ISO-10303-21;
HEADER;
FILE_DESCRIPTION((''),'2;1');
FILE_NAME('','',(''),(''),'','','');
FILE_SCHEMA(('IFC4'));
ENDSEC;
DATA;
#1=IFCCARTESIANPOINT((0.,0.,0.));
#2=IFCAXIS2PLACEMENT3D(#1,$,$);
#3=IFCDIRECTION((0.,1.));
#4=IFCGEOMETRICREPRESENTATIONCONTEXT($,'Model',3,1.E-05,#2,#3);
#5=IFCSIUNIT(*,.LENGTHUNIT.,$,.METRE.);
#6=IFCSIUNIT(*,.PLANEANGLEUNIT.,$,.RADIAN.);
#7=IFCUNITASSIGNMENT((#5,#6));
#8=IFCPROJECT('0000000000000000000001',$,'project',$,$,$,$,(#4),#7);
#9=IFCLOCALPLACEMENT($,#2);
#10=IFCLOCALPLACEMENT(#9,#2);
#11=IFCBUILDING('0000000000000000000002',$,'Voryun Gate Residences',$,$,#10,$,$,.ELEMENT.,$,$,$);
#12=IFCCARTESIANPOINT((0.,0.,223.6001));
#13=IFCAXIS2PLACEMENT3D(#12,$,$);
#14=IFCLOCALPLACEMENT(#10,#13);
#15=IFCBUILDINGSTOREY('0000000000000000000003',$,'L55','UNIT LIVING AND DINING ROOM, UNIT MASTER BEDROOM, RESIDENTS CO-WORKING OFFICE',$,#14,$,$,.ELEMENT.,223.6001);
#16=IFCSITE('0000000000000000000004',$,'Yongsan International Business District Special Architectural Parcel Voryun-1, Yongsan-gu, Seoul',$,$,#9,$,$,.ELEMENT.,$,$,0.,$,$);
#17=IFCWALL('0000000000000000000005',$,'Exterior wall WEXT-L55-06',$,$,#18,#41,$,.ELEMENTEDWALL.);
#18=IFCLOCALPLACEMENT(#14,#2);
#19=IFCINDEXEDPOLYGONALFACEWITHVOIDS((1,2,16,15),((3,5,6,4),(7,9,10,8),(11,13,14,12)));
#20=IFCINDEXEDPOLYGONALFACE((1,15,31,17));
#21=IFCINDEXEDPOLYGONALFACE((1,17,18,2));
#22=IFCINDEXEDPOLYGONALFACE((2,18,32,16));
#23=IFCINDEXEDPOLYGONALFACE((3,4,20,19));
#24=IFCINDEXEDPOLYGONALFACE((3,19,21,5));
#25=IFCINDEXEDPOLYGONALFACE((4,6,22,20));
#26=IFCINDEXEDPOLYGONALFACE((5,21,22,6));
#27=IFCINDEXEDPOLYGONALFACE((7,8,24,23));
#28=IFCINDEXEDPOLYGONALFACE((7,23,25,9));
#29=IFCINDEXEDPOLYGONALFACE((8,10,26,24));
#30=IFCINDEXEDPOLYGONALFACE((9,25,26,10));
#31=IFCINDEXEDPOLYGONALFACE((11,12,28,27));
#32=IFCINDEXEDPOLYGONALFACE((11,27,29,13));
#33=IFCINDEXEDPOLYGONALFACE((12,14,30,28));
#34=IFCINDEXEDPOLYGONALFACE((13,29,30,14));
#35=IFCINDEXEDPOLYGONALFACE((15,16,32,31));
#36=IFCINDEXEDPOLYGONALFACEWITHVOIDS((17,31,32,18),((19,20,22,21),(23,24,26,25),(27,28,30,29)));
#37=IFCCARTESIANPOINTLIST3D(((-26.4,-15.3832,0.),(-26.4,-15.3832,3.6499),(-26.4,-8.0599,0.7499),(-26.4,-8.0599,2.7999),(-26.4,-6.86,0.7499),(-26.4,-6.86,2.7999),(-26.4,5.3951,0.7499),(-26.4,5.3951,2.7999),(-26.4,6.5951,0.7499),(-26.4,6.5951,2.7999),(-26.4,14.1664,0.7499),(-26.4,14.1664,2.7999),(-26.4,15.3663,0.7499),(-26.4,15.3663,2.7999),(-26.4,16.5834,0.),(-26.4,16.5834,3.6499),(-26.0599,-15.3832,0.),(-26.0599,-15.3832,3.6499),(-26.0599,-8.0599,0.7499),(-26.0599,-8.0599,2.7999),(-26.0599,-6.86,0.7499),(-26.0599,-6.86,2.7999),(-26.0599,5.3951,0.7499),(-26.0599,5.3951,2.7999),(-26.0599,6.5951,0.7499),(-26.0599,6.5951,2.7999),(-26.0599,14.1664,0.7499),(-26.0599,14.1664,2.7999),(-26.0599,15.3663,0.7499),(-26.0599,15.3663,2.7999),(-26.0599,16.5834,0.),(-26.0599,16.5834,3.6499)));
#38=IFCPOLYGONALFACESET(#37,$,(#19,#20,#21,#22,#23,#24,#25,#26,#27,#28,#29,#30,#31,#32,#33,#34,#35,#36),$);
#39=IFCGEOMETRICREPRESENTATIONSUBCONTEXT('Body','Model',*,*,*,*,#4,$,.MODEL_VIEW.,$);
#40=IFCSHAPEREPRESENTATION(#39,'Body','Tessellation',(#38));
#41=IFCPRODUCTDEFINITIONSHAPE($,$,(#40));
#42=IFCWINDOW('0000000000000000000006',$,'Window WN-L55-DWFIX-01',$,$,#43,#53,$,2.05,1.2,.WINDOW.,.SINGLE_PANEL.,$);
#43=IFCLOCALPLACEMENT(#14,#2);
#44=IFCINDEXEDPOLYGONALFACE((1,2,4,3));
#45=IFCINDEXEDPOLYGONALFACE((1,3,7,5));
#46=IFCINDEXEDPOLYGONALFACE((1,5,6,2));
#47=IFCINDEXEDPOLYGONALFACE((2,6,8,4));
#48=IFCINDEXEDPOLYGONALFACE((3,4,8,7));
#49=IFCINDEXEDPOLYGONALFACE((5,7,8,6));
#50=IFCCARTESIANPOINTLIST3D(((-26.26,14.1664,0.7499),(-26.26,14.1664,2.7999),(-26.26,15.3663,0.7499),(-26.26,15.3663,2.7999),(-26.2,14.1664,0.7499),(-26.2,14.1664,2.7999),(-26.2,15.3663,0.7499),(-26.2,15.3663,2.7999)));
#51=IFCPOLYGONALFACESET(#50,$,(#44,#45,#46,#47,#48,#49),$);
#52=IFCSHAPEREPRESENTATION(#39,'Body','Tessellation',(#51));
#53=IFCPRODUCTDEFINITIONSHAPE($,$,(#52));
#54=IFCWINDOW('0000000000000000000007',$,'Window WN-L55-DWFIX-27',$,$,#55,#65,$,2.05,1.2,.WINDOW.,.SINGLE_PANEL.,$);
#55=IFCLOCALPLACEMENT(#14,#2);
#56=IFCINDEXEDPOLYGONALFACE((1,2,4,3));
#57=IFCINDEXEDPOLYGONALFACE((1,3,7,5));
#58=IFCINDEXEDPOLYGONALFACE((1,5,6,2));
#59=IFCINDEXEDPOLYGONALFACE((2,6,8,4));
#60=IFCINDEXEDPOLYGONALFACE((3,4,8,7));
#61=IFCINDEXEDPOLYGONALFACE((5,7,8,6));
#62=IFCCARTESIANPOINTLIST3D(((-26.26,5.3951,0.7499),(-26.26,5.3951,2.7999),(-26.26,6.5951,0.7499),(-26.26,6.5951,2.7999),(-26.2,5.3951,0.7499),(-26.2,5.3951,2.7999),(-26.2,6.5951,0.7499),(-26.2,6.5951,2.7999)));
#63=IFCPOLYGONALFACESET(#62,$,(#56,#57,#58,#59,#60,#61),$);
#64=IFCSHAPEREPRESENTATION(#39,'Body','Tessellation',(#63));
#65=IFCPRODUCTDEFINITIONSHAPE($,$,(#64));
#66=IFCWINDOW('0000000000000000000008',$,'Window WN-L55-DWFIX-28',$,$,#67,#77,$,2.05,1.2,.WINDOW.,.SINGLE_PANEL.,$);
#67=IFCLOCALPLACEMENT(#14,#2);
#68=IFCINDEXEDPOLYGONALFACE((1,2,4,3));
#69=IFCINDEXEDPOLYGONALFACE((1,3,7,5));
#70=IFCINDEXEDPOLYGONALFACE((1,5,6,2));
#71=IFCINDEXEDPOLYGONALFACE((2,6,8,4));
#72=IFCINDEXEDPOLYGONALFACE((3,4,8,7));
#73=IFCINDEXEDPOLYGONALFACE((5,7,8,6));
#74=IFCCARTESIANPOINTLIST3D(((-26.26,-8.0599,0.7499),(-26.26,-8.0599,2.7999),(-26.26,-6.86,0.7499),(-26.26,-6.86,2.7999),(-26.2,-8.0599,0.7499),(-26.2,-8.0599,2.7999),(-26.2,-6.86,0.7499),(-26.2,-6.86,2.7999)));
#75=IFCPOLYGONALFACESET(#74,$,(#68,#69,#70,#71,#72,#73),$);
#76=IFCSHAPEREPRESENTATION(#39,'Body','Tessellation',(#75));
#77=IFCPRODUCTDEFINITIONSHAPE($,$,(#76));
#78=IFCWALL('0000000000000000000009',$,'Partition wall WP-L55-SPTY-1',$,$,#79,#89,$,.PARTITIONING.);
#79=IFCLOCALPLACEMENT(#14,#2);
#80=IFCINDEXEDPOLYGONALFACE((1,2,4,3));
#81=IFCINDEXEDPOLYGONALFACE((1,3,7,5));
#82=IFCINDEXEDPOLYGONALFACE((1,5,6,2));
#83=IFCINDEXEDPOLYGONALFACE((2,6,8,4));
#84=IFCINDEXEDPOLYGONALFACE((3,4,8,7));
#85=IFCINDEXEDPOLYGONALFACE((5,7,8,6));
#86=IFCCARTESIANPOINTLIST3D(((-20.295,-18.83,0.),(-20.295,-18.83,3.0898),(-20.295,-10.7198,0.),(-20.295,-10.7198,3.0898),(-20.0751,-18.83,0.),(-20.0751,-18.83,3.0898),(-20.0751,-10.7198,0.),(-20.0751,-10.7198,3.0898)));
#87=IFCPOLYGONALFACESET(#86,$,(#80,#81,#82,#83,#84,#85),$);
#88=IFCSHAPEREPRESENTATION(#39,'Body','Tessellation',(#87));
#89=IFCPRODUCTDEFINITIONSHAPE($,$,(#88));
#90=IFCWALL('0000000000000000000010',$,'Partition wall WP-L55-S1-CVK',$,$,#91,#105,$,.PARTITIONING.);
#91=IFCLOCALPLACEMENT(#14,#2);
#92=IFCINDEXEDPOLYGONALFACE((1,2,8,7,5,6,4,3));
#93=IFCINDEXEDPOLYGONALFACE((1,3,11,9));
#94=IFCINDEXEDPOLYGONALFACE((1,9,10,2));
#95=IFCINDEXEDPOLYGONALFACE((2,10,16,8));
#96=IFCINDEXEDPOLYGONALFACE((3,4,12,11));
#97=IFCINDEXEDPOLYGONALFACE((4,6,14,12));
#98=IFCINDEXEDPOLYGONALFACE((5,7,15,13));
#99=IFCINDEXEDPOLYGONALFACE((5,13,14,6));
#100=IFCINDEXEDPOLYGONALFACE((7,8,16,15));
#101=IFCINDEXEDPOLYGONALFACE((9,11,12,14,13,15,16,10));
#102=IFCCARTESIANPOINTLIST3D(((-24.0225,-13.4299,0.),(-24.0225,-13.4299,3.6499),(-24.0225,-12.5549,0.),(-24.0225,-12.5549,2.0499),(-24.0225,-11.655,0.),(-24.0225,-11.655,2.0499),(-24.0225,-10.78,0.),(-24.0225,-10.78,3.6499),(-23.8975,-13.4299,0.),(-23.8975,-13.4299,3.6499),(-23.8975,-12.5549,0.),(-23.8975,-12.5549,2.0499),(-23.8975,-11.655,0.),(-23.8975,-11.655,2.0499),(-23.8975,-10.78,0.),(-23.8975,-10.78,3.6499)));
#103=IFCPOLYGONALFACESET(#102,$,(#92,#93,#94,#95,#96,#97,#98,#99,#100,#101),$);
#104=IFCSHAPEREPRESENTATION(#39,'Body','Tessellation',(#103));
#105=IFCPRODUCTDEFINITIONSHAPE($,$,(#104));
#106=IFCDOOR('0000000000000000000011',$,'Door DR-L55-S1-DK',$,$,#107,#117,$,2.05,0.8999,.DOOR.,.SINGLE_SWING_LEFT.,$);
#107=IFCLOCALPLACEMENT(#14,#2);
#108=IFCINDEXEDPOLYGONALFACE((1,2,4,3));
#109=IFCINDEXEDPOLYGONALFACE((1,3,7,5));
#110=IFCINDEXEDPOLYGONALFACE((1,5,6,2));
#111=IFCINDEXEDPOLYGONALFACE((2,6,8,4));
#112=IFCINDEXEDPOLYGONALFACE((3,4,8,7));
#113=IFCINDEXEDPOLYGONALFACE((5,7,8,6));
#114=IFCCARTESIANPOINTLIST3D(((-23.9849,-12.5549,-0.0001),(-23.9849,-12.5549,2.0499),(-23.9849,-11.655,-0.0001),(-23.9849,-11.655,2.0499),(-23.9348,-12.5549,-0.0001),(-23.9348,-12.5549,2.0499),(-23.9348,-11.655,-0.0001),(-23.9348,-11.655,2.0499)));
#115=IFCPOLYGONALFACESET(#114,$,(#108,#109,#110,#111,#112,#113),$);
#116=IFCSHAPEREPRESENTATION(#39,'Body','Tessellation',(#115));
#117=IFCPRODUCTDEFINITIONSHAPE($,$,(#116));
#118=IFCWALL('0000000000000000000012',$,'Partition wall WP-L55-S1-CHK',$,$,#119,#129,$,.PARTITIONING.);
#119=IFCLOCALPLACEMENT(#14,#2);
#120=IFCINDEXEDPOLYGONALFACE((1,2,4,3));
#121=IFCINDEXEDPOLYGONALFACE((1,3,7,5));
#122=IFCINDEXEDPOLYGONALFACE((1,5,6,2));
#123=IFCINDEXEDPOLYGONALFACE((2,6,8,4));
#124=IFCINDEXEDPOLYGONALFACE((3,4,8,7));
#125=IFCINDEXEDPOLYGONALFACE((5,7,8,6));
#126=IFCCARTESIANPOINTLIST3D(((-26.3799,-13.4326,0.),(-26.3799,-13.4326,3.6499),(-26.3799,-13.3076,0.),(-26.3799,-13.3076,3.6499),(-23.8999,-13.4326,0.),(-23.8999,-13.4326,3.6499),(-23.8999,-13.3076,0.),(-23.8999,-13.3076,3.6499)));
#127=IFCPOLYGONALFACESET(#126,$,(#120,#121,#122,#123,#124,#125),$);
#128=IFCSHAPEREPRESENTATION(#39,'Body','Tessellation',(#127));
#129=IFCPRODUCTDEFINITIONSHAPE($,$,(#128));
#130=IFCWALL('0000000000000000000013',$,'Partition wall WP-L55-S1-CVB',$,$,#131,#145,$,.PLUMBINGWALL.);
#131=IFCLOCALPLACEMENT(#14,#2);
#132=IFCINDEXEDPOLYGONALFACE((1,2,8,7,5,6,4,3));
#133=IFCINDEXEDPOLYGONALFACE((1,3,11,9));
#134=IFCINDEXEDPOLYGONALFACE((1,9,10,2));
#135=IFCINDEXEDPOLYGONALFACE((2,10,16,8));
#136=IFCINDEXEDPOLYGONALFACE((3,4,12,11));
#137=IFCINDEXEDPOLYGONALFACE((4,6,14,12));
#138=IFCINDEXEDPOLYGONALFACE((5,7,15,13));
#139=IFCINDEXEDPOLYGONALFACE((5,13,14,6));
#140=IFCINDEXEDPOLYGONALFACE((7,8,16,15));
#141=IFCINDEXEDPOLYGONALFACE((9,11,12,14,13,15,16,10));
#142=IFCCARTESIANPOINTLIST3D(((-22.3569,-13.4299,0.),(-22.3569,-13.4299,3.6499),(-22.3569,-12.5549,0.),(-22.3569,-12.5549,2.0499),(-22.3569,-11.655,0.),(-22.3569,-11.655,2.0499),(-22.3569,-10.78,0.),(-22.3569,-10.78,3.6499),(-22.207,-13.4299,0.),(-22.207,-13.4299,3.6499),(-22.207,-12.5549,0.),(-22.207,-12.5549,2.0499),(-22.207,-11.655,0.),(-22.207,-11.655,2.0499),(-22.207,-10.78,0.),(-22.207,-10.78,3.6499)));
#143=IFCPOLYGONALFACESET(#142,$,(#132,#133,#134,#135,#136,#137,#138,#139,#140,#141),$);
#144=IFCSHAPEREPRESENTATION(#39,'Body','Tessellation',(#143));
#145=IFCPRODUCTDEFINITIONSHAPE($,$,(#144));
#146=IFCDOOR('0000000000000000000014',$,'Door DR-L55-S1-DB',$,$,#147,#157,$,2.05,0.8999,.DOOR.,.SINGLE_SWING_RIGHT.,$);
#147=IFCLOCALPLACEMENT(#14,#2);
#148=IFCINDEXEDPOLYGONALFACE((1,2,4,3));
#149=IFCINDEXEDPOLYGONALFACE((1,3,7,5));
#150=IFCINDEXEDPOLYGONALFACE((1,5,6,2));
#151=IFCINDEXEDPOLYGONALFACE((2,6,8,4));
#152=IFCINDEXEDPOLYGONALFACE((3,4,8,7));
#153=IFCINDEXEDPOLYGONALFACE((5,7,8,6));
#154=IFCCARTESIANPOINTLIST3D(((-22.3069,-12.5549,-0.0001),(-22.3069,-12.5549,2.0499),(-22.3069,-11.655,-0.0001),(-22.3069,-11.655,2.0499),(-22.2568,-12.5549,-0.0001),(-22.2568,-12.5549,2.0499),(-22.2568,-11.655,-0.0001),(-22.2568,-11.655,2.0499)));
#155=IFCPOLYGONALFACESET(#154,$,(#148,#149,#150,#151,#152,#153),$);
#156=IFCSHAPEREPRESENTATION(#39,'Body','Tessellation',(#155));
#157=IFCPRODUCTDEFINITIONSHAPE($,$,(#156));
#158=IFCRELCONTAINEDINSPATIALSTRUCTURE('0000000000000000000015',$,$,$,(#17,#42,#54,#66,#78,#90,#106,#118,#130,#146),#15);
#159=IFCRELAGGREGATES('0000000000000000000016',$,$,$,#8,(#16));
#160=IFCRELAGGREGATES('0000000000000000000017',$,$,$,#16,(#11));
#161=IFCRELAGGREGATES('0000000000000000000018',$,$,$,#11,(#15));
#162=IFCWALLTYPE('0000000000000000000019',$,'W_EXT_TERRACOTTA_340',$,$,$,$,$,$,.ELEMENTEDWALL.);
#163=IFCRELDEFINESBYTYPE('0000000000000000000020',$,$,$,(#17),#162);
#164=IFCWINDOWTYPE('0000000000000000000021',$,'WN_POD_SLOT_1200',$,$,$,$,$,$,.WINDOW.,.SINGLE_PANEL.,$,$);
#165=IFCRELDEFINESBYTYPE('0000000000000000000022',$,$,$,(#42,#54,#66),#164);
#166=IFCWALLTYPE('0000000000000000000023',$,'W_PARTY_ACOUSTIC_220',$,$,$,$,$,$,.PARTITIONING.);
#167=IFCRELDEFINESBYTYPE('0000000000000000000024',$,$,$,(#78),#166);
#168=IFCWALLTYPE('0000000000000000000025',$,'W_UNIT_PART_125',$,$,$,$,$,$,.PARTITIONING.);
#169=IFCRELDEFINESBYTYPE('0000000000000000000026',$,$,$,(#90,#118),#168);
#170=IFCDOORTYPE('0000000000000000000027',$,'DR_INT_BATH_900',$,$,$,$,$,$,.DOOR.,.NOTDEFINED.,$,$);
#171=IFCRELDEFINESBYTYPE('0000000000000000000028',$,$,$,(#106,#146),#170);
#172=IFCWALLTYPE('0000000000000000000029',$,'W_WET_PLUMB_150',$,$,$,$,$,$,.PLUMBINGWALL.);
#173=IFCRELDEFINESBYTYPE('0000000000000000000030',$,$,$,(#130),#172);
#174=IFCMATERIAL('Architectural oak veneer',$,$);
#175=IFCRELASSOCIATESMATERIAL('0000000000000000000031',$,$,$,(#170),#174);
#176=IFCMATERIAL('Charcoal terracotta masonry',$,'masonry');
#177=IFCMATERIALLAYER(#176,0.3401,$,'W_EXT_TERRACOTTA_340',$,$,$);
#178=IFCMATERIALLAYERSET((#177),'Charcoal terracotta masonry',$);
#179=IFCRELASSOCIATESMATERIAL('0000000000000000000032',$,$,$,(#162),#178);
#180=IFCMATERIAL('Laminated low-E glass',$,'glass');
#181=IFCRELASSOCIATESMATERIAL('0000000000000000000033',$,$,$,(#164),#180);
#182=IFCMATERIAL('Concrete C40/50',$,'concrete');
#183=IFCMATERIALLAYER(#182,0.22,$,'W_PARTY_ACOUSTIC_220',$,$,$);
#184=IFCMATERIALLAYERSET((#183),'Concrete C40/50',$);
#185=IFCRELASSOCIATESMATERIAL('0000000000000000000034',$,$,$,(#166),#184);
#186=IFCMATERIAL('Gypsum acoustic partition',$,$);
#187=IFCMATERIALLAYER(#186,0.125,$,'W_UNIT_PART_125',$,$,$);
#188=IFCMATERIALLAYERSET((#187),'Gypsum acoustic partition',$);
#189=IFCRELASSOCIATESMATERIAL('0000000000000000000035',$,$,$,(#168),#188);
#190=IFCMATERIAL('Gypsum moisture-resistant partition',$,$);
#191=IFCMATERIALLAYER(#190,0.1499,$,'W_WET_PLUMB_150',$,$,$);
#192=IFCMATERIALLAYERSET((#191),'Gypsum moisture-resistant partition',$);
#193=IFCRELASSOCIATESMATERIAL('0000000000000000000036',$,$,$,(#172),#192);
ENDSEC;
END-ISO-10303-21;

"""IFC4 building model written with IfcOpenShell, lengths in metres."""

from ifc_helpers import new_model, si_unit, direction, frame, frame_2d, origin, place, context, subcontext, project, spatial, rectangle, extrude, material, layer, layer_set, type_object, element, fill, save


model = new_model("IFC4")

# Units and contexts
model_context = context("Model", 3, precision=1e-05, world=origin(), true_north=direction((0.0, 1.0)))
body_context = subcontext(model_context, "Body", "Model", "MODEL_VIEW")
ifc_project = project(units=[si_unit("LENGTHUNIT", "METRE"), si_unit("PLANEANGLEUNIT", "RADIAN")], contexts=[model_context])

# Site, building, storey
site_placement = place(None, origin())
site = spatial("IfcSite", under=ifc_project, at=site_placement, Name="Yongsan International Business District Special Architectural Parcel Voryun-1, Yongsan-gu, Seoul", CompositionType="ELEMENT", RefElevation=0.0)
building_placement = place(site_placement, origin())
building = spatial("IfcBuilding", under=site, at=building_placement, Name="Voryun Gate Residences", CompositionType="ELEMENT")
storey_placement = place(building_placement, frame((0.0, 0.0, 223.6001)))
storey = spatial("IfcBuildingStorey", under=building, at=storey_placement, Name="L55", Description="UNIT LIVING AND DINING ROOM, UNIT MASTER BEDROOM, RESIDENTS CO-WORKING OFFICE", CompositionType="ELEMENT", Elevation=223.6001)

# Shared definitions
ifc_material_1 = material(Name="Architectural oak veneer")
door_type_1 = type_object("IfcDoorType", Name="DR_INT_BATH_900", OperationType="NOTDEFINED", PredefinedType="DOOR", material=ifc_material_1)

# Shared definitions
ifc_material_2 = material(Name="Charcoal terracotta masonry", Category="masonry")
ifc_layer_1 = layer(ifc_material_2, 0.3401, Name="W_EXT_TERRACOTTA_340")
ifc_layer_set_1 = layer_set([ifc_layer_1], Name="Charcoal terracotta masonry")
wall_type_1 = type_object("IfcWallType", Name="W_EXT_TERRACOTTA_340", PredefinedType="ELEMENTEDWALL", material=ifc_layer_set_1)

# Wall, openings, windows
wall_1_placement = place(storey_placement, frame((-26.23, -15.3833, 0.0), z_axis=(0.0, 0.0, 1.0), x_axis=(0.0, 1.0, 0.0)))
wall_1 = element("IfcWall", 1, at=wall_1_placement, inside=storey, type_object=wall_type_1, Name="Exterior wall WEXT-L55-06", PredefinedType="ELEMENTEDWALL", context=body_context, shape_type="SweptSolid", body=[
    extrude(rectangle(XDim=31.9666, YDim=0.3401, at=frame_2d((15.9834, 0.0))), origin(), (0.0, 0.0, 1.0), 3.6499),
])
opening_1_placement = place(wall_1_placement, frame((29.5496, 0.0, 0.75)))
opening_1 = element("IfcOpeningElement", 2, at=opening_1_placement, cuts=wall_1, PredefinedType="OPENING", context=body_context, shape_type="SweptSolid", body=[
    extrude(rectangle(XDim=1.2, YDim=2.05, at=frame_2d((0.6001, 1.0249))), frame((0.0, 0.1799, 0.0), z_axis=(0.0, -1.0, 0.0), x_axis=(1.0, 0.0, 0.0)), (0.0, 0.0, 1.0), 0.3601),
])
opening_2_placement = place(wall_1_placement, frame((20.7783, 0.0, 0.75)))
opening_2 = element("IfcOpeningElement", 3, at=opening_2_placement, cuts=wall_1, PredefinedType="OPENING", context=body_context, shape_type="SweptSolid", body=[
    extrude(rectangle(XDim=1.2, YDim=2.05, at=frame_2d((0.6001, 1.0249))), frame((0.0, 0.1799, 0.0), z_axis=(0.0, -1.0, 0.0), x_axis=(1.0, 0.0, 0.0)), (0.0, 0.0, 1.0), 0.3601),
])
opening_3_placement = place(wall_1_placement, frame((7.3232, 0.0, 0.75)))
opening_3 = element("IfcOpeningElement", 4, at=opening_3_placement, cuts=wall_1, PredefinedType="OPENING", context=body_context, shape_type="SweptSolid", body=[
    extrude(rectangle(XDim=1.2, YDim=2.05, at=frame_2d((0.6001, 1.0249))), frame((0.0, 0.1799, 0.0), z_axis=(0.0, -1.0, 0.0), x_axis=(1.0, 0.0, 0.0)), (0.0, 0.0, 1.0), 0.3601),
])
ifc_material_3 = material(Name="Laminated low-E glass", Category="glass")
window_type = type_object("IfcWindowType", Name="WN_POD_SLOT_1200", PartitioningType="SINGLE_PANEL", PredefinedType="WINDOW", material=ifc_material_3)
window_1_placement = place(opening_1_placement, origin())
window_1 = element("IfcWindow", 5, at=window_1_placement, inside=storey, type_object=window_type, Name="Window WN-L55-DWFIX-01", OverallHeight=2.05, OverallWidth=1.2, PartitioningType="SINGLE_PANEL", PredefinedType="WINDOW", context=body_context, shape_type="SweptSolid", body=[
    extrude(rectangle(XDim=1.2, YDim=2.05, at=frame_2d((0.6001, 1.0249))), frame((0.0, 0.03, 0.0), z_axis=(0.0, -1.0, 0.0), x_axis=(1.0, 0.0, 0.0)), (0.0, 0.0, 1.0), 0.0601),
])
fill(opening_1, window_1)
window_2_placement = place(opening_2_placement, origin())
window_2 = element("IfcWindow", 6, at=window_2_placement, inside=storey, type_object=window_type, Name="Window WN-L55-DWFIX-27", OverallHeight=2.05, OverallWidth=1.2, PartitioningType="SINGLE_PANEL", PredefinedType="WINDOW", context=body_context, shape_type="SweptSolid", body=[
    extrude(rectangle(XDim=1.2, YDim=2.05, at=frame_2d((0.6001, 1.0249))), frame((0.0, 0.03, 0.0), z_axis=(0.0, -1.0, 0.0), x_axis=(1.0, 0.0, 0.0)), (0.0, 0.0, 1.0), 0.0601),
])
fill(opening_2, window_2)
window_3_placement = place(opening_3_placement, origin())
window_3 = element("IfcWindow", 7, at=window_3_placement, inside=storey, type_object=window_type, Name="Window WN-L55-DWFIX-28", OverallHeight=2.05, OverallWidth=1.2, PartitioningType="SINGLE_PANEL", PredefinedType="WINDOW", context=body_context, shape_type="SweptSolid", body=[
    extrude(rectangle(XDim=1.2, YDim=2.05, at=frame_2d((0.6001, 1.0249))), frame((0.0, 0.03, 0.0), z_axis=(0.0, -1.0, 0.0), x_axis=(1.0, 0.0, 0.0)), (0.0, 0.0, 1.0), 0.0601),
])
fill(opening_3, window_3)

# Wall
ifc_material_4 = material(Name="Concrete C40/50", Category="concrete")
ifc_layer_2 = layer(ifc_material_4, 0.22, Name="W_PARTY_ACOUSTIC_220")
ifc_layer_set_2 = layer_set([ifc_layer_2], Name="Concrete C40/50")
wall_type_2 = type_object("IfcWallType", Name="W_PARTY_ACOUSTIC_220", PredefinedType="PARTITIONING", material=ifc_layer_set_2)
wall_2_placement = place(storey_placement, frame((-20.1851, -18.8301, 0.0), z_axis=(0.0, 0.0, 1.0), x_axis=(0.0, 1.0, 0.0)))
element("IfcWall", 8, at=wall_2_placement, inside=storey, type_object=wall_type_2, Name="Partition wall WP-L55-SPTY-1", PredefinedType="PARTITIONING", context=body_context, shape_type="SweptSolid", body=[
    extrude(rectangle(XDim=8.1101, YDim=0.22, at=frame_2d((4.0552, 0.0))), origin(), (0.0, 0.0, 1.0), 3.0898),
])

# Wall, opening, door
ifc_material_5 = material(Name="Gypsum acoustic partition")
ifc_layer_3 = layer(ifc_material_5, 0.125, Name="W_UNIT_PART_125")
ifc_layer_set_3 = layer_set([ifc_layer_3], Name="Gypsum acoustic partition")
wall_type_3 = type_object("IfcWallType", Name="W_UNIT_PART_125", PredefinedType="PARTITIONING", material=ifc_layer_set_3)
wall_3_placement = place(storey_placement, frame((-23.96, -13.4299, 0.0), z_axis=(0.0, 0.0, 1.0), x_axis=(0.0, 1.0, 0.0)))
wall_3 = element("IfcWall", 9, at=wall_3_placement, inside=storey, type_object=wall_type_3, Name="Partition wall WP-L55-S1-CVK", PredefinedType="PARTITIONING", context=body_context, shape_type="SweptSolid", body=[
    extrude(rectangle(XDim=2.6499, YDim=0.125, at=frame_2d((1.325, 0.0))), origin(), (0.0, 0.0, 1.0), 3.6499),
])
opening_4_placement = place(wall_3_placement, frame((0.875, 0.0, 0.0)))
opening_4 = element("IfcOpeningElement", 10, at=opening_4_placement, cuts=wall_3, PredefinedType="OPENING", context=body_context, shape_type="SweptSolid", body=[
    extrude(rectangle(XDim=0.8999, YDim=2.05, at=frame_2d((0.45, 1.0249))), frame((0.0, 0.0725, 0.0), z_axis=(0.0, -1.0, 0.0), x_axis=(1.0, 0.0, 0.0)), (0.0, 0.0, 1.0), 0.145),
])
door_1_placement = place(opening_4_placement, origin())
door_1 = element("IfcDoor", 11, at=door_1_placement, inside=storey, type_object=door_type_1, Name="Door DR-L55-S1-DK", OperationType="SINGLE_SWING_LEFT", OverallHeight=2.05, OverallWidth=0.8999, PredefinedType="DOOR", context=body_context, shape_type="SweptSolid", body=[
    extrude(rectangle(XDim=0.8999, YDim=2.05, at=frame_2d((0.45, 1.0249))), frame((0.0, 0.0249, 0.0), z_axis=(0.0, -1.0, 0.0), x_axis=(1.0, 0.0, 0.0)), (0.0, 0.0, 1.0), 0.05),
])
fill(opening_4, door_1)

# Wall
wall_4_placement = place(storey_placement, frame((-26.3799, -13.3701, 0.0), z_axis=(0.0, 0.0, 1.0), x_axis=(1.0, 0.0, 0.0)))
element("IfcWall", 12, at=wall_4_placement, inside=storey, type_object=wall_type_3, Name="Partition wall WP-L55-S1-CHK", PredefinedType="PARTITIONING", context=body_context, shape_type="SweptSolid", body=[
    extrude(rectangle(XDim=2.48, YDim=0.125, at=frame_2d((1.24, 0.0))), origin(), (0.0, 0.0, 1.0), 3.6499),
])

# Wall, opening, door
ifc_material_6 = material(Name="Gypsum moisture-resistant partition")
ifc_layer_4 = layer(ifc_material_6, 0.1499, Name="W_WET_PLUMB_150")
ifc_layer_set_4 = layer_set([ifc_layer_4], Name="Gypsum moisture-resistant partition")
wall_type_4 = type_object("IfcWallType", Name="W_WET_PLUMB_150", PredefinedType="PLUMBINGWALL", material=ifc_layer_set_4)
wall_5_placement = place(storey_placement, frame((-22.282, -13.4299, 0.0), z_axis=(0.0, 0.0, 1.0), x_axis=(0.0, 1.0, 0.0)))
wall_5 = element("IfcWall", 13, at=wall_5_placement, inside=storey, type_object=wall_type_4, Name="Partition wall WP-L55-S1-CVB", PredefinedType="PLUMBINGWALL", context=body_context, shape_type="SweptSolid", body=[
    extrude(rectangle(XDim=2.6499, YDim=0.1499, at=frame_2d((1.325, 0.0))), origin(), (0.0, 0.0, 1.0), 3.6499),
])
opening_5_placement = place(wall_5_placement, frame((0.875, 0.0, 0.0)))
opening_5 = element("IfcOpeningElement", 14, at=opening_5_placement, cuts=wall_5, PredefinedType="OPENING", context=body_context, shape_type="SweptSolid", body=[
    extrude(rectangle(XDim=0.8999, YDim=2.05, at=frame_2d((0.45, 1.0249))), frame((0.0, 0.085, 0.0), z_axis=(0.0, -1.0, 0.0), x_axis=(1.0, 0.0, 0.0)), (0.0, 0.0, 1.0), 0.1699),
])
door_2_placement = place(opening_5_placement, origin())
door_2 = element("IfcDoor", 15, at=door_2_placement, inside=storey, type_object=door_type_1, Name="Door DR-L55-S1-DB", OperationType="SINGLE_SWING_RIGHT", OverallHeight=2.05, OverallWidth=0.8999, PredefinedType="DOOR", context=body_context, shape_type="SweptSolid", body=[
    extrude(rectangle(XDim=0.8999, YDim=2.05, at=frame_2d((0.45, 1.0249))), frame((0.0, 0.0249, 0.0), z_axis=(0.0, -1.0, 0.0), x_axis=(1.0, 0.0, 0.0)), (0.0, 0.0, 1.0), 0.05),
])
fill(opening_5, door_2)

save(model, "model.ifc")
